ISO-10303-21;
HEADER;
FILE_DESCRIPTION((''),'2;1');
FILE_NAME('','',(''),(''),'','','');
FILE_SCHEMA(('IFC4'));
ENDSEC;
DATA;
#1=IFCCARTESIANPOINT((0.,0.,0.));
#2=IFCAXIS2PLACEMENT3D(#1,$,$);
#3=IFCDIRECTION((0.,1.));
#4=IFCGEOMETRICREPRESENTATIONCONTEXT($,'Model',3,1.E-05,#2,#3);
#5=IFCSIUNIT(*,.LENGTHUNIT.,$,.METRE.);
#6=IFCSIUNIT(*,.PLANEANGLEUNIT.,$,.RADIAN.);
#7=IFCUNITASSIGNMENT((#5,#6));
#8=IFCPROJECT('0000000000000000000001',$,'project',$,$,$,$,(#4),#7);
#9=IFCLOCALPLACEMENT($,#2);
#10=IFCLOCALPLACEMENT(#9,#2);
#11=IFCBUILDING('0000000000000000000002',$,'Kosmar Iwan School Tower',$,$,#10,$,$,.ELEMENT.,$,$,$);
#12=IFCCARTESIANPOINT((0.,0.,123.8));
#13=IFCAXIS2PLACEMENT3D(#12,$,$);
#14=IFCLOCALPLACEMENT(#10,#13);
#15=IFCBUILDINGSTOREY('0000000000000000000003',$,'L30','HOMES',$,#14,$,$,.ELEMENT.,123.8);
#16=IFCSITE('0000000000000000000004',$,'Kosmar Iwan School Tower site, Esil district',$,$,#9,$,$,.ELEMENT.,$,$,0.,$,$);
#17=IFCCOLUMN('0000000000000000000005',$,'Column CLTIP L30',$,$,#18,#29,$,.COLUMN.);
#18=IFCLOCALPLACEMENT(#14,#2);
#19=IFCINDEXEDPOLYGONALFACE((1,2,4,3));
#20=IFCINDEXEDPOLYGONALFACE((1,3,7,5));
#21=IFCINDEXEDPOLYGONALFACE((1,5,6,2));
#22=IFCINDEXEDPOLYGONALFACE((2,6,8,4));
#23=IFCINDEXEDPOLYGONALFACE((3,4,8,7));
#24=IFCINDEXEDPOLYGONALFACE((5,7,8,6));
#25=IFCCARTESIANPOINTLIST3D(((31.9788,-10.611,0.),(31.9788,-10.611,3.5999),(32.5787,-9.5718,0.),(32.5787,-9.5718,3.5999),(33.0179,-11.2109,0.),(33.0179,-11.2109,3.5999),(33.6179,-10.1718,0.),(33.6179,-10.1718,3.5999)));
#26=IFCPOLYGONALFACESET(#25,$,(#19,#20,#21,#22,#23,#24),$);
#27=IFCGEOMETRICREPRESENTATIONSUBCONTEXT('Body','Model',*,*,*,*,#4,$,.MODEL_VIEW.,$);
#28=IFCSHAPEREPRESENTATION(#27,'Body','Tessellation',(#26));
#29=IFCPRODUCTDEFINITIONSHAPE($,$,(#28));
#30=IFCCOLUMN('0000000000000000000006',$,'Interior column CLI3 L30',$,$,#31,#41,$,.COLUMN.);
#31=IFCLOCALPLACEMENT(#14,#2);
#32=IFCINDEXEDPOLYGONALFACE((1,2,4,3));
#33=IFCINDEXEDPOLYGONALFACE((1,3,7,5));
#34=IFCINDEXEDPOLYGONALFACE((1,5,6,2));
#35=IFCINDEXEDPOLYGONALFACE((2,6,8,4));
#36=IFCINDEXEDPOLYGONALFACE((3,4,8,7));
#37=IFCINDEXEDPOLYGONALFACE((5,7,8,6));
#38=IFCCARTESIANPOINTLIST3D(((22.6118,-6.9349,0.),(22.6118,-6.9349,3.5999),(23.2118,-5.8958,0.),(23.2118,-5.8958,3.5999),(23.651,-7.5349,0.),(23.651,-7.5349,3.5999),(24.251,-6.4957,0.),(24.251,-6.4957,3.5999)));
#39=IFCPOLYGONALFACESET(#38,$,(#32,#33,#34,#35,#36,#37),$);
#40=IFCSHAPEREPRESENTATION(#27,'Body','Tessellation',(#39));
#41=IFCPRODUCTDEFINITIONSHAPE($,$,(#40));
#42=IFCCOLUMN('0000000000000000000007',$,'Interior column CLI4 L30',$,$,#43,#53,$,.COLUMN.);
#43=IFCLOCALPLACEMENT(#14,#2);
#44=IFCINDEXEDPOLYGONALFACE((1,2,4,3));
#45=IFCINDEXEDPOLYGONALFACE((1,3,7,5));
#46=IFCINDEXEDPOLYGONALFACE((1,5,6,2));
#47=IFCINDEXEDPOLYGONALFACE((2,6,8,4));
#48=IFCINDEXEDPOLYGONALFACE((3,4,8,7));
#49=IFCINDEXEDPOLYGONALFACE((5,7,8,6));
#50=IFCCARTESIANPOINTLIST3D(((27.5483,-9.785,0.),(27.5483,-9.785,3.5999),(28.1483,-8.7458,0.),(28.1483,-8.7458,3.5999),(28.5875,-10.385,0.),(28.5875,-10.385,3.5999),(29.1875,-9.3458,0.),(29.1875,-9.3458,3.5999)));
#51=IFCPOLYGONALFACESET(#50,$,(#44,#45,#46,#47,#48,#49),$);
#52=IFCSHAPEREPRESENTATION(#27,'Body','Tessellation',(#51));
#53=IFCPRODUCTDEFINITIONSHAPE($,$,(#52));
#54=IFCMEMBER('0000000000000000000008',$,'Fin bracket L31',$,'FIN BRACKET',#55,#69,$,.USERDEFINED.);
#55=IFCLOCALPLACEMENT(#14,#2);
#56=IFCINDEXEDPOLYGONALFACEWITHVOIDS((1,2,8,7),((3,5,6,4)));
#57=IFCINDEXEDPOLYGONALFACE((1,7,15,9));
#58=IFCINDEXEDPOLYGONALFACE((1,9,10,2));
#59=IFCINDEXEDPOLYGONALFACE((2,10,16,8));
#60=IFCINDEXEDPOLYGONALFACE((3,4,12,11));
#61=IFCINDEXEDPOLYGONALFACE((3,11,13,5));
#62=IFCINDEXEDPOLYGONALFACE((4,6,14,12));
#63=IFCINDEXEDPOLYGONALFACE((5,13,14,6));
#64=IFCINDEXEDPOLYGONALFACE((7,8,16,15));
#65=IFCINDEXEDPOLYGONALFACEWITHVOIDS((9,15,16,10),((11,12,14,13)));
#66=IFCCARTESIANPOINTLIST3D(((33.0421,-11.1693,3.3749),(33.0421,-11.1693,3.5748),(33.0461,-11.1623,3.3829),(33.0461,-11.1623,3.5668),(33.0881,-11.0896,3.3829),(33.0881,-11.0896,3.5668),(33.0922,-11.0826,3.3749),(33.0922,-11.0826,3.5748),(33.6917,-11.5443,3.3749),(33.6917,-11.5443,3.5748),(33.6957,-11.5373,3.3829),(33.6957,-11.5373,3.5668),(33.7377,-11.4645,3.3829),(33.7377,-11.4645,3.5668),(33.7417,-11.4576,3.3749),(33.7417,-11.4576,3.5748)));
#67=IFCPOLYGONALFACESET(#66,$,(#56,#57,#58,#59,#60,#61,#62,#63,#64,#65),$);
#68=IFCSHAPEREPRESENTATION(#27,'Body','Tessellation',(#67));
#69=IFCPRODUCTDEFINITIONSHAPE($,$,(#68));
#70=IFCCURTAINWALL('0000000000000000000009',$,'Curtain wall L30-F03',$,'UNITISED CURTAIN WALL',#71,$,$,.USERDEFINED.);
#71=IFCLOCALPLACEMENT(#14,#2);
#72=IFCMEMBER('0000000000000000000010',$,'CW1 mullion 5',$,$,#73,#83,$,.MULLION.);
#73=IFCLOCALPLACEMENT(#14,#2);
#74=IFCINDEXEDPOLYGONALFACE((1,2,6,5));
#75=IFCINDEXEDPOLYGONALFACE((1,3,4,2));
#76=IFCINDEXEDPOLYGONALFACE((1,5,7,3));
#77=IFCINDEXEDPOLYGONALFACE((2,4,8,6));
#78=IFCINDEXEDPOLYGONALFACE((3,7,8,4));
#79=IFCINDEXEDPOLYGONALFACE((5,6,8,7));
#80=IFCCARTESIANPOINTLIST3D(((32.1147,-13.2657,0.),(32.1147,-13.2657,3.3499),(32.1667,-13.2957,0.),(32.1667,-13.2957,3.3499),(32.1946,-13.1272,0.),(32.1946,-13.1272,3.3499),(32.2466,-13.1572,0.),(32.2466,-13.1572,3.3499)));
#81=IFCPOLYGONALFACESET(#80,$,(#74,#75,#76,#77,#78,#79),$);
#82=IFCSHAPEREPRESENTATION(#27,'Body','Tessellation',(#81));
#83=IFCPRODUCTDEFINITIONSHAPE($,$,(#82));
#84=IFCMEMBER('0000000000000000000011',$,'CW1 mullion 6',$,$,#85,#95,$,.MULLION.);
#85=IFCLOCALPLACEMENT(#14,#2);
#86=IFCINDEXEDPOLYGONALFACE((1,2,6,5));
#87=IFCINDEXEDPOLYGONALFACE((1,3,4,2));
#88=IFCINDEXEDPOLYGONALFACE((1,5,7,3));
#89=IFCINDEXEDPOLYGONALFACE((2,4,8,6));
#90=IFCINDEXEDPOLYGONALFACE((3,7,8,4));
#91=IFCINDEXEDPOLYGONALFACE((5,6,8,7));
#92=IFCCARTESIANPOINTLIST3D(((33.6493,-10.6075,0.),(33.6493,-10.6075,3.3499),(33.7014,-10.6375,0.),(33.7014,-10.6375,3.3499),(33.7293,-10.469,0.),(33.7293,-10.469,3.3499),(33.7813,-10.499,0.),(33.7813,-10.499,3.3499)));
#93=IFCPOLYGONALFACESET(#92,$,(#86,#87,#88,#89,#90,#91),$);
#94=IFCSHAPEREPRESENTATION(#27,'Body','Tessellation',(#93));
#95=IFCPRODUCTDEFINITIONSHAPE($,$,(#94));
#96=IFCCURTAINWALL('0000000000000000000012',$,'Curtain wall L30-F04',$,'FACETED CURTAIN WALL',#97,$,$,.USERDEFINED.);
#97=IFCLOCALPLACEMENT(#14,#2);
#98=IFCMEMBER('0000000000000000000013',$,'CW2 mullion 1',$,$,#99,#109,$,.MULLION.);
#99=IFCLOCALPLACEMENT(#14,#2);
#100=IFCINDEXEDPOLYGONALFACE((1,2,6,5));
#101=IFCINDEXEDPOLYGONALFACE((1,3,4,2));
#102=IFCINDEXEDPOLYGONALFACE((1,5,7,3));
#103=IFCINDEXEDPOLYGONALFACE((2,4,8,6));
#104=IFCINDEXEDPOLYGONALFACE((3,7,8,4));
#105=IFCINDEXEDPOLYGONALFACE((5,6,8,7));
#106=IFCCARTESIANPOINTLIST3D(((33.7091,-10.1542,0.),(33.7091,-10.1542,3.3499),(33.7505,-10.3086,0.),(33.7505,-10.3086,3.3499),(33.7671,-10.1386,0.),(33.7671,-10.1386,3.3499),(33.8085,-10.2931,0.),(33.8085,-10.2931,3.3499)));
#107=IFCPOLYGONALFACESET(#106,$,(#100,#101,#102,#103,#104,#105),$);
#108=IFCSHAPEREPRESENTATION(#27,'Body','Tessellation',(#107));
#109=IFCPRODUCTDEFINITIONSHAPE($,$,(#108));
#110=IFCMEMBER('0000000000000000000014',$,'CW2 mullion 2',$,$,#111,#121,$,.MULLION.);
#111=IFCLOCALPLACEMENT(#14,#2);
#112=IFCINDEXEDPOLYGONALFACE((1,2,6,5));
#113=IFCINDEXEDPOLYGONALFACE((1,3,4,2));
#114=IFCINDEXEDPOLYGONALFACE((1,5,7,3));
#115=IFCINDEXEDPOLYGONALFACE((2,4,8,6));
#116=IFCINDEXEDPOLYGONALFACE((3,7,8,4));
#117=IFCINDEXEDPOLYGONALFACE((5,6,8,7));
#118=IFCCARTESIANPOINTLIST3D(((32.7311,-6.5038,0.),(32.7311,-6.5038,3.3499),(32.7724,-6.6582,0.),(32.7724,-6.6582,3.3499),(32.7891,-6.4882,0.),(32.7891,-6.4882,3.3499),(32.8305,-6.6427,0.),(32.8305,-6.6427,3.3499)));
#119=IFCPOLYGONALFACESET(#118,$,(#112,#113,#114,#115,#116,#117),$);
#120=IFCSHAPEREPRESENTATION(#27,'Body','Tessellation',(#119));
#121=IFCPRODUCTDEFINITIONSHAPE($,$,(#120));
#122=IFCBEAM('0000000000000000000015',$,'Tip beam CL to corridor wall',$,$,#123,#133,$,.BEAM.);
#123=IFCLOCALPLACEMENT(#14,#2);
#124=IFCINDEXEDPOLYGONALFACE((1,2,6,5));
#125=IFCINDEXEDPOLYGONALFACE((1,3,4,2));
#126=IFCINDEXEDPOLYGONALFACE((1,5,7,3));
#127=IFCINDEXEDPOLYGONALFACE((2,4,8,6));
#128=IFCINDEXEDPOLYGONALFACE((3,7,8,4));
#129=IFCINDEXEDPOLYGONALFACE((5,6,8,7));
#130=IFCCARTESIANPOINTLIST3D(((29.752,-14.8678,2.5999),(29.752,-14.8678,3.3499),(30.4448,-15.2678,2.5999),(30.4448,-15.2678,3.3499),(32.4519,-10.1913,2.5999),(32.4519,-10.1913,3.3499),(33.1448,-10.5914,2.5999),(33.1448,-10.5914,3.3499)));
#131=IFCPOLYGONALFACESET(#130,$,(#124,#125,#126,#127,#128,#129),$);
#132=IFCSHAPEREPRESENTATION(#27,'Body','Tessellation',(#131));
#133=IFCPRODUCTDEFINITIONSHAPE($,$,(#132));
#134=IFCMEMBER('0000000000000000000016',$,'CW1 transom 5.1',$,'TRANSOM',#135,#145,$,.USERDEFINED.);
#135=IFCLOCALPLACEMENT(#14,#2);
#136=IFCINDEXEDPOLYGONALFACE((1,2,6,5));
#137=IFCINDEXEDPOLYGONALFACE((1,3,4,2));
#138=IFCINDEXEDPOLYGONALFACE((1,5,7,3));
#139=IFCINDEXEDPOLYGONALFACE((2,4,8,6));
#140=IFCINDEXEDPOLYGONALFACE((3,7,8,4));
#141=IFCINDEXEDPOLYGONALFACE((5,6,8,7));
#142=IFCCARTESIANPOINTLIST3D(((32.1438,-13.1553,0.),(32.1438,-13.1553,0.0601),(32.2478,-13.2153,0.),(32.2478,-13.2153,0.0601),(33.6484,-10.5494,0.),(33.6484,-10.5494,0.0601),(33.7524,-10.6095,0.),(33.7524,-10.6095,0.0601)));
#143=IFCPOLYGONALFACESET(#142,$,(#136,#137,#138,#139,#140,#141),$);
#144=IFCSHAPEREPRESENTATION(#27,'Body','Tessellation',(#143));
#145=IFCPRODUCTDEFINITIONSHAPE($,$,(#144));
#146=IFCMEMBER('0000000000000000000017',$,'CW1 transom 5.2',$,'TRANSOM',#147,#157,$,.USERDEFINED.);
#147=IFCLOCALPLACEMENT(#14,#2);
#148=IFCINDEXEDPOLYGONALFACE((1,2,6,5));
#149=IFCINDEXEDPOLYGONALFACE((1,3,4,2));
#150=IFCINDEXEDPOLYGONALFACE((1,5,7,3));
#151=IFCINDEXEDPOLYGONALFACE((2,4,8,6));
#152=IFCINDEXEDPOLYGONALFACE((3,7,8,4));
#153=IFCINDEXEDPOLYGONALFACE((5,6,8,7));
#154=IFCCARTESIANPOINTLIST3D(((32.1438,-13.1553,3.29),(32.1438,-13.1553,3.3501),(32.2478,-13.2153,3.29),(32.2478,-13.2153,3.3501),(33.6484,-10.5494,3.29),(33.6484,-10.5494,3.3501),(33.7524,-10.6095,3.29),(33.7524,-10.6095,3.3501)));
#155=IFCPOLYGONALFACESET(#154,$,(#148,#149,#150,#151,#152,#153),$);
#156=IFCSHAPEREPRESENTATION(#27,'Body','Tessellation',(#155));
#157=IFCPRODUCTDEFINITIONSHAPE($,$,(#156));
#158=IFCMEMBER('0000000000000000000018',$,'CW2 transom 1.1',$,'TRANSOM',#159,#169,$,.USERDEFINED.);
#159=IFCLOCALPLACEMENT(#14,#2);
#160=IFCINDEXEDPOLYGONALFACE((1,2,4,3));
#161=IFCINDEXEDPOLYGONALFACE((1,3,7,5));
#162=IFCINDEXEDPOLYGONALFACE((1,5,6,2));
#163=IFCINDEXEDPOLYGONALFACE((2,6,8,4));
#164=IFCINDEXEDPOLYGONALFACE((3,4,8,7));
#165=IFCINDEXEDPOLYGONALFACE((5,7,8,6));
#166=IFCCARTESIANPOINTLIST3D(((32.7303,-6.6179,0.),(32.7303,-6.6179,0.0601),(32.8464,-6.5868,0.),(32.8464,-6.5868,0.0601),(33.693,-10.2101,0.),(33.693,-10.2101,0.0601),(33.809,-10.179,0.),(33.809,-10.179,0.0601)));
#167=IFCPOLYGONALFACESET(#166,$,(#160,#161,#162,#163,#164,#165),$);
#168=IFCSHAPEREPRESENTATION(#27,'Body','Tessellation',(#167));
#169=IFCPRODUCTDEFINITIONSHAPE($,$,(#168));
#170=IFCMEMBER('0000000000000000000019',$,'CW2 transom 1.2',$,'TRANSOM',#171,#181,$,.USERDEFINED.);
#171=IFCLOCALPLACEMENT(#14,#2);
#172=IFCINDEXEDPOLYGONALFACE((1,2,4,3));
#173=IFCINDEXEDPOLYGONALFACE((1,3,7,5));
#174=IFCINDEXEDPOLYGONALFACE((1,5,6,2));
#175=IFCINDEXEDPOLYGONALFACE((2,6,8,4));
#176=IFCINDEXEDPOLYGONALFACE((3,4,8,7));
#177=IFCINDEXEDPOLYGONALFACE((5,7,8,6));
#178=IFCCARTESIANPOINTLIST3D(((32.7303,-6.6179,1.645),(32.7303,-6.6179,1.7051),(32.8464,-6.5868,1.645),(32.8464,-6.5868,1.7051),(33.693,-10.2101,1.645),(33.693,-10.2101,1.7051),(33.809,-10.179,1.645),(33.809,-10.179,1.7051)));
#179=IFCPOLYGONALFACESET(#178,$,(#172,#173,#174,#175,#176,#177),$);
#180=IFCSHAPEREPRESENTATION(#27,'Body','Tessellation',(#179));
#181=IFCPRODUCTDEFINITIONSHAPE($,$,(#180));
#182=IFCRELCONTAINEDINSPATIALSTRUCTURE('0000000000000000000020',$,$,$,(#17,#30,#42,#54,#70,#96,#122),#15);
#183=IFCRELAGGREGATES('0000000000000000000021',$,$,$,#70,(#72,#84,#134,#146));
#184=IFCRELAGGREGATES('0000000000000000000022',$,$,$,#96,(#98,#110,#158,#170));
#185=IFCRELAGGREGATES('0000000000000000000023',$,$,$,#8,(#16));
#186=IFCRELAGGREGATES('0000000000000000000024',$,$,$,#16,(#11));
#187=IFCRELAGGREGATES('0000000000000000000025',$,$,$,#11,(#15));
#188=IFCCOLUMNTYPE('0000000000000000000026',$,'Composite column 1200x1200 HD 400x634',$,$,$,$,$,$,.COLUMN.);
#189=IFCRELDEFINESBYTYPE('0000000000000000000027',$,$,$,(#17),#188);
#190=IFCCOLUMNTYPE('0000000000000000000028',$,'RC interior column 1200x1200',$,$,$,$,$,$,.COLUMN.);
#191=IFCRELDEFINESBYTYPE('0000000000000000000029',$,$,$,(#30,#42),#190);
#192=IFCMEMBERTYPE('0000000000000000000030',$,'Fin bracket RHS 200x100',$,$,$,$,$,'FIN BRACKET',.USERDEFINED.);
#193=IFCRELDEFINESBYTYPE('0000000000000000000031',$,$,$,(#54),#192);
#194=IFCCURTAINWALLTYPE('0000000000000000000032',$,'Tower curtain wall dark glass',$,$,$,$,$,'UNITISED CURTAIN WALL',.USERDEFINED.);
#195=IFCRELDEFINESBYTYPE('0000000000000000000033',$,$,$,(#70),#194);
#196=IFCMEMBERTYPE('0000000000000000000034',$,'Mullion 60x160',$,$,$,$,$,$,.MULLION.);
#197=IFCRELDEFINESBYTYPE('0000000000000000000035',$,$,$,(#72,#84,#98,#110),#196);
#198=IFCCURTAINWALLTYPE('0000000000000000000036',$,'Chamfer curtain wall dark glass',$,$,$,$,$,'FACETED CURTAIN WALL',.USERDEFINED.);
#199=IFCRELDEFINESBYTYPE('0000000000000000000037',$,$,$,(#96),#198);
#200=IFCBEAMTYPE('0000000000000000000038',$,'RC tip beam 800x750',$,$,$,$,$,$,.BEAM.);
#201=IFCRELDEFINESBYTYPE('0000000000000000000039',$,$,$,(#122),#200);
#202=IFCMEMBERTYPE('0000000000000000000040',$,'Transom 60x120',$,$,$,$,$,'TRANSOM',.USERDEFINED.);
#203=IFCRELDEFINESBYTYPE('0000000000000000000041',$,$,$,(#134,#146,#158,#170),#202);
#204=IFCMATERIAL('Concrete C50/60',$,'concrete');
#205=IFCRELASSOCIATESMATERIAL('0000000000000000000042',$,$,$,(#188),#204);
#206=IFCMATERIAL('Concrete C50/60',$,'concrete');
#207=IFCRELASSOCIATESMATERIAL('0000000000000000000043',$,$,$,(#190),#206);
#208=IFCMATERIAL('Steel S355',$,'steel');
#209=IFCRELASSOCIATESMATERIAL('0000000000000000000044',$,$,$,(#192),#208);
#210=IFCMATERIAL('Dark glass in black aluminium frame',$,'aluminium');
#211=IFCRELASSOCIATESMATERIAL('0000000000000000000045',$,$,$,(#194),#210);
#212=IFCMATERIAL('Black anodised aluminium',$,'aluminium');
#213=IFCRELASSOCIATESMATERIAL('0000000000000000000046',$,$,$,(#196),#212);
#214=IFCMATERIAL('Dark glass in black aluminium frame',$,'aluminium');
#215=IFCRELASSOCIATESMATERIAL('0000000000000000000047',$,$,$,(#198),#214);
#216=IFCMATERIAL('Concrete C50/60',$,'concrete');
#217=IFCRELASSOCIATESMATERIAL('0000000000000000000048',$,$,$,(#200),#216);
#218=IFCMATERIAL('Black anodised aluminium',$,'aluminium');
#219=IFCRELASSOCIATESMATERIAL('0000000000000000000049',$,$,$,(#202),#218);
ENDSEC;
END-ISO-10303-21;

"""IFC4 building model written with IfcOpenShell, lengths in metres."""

from ifc_helpers import new_model, si_unit, direction, frame, origin, origin_2d, place, context, subcontext, project, spatial, rectangle, hollow_rectangle, extrude, material, material_profile, profile_set, type_object, element, aggregate, save


model = new_model("IFC4")

# Units and contexts
model_context = context("Model", 3, precision=1e-05, world=origin(), true_north=direction((0.0, 1.0)))
body_context = subcontext(model_context, "Body", "Model", "MODEL_VIEW")
ifc_project = project(units=[si_unit("LENGTHUNIT", "METRE"), si_unit("PLANEANGLEUNIT", "RADIAN")], contexts=[model_context])

# Site, building, storey
site_placement = place(None, origin())
site = spatial("IfcSite", under=ifc_project, at=site_placement, Name="Kosmar Iwan School Tower site, Esil district", CompositionType="ELEMENT", RefElevation=0.0)
building_placement = place(site_placement, origin())
building = spatial("IfcBuilding", under=site, at=building_placement, Name="Kosmar Iwan School Tower", CompositionType="ELEMENT")
storey_placement = place(building_placement, frame((0.0, 0.0, 123.8)))
storey = spatial("IfcBuildingStorey", under=building, at=storey_placement, Name="L30", Description="HOMES", CompositionType="ELEMENT", Elevation=123.8)

# Columns
ifc_material_1 = material(Name="Concrete C50/60", Category="concrete")
ifc_material_profile_1 = material_profile(ifc_material_1, rectangle(XDim=1.2, YDim=1.2, at=origin_2d()), Name="RC 1200x1200 + HD 400x634")
ifc_profile_set_1 = profile_set([ifc_material_profile_1], Name="Concrete C50/60")
column_type_1 = type_object("IfcColumnType", Name="Composite column 1200x1200 HD 400x634", PredefinedType="COLUMN", material=ifc_profile_set_1)
column_placement = place(storey_placement, frame((32.7983, -10.3914, 0.0), z_axis=(0.0, 0.0, 1.0), x_axis=(0.866025, -0.5, 0.0)))
element("IfcColumn", 1, at=column_placement, inside=storey, type_object=column_type_1, Name="Column CLTIP L30", PredefinedType="COLUMN", context=body_context, shape_type="SweptSolid", body=[
    extrude(rectangle(XDim=1.2, YDim=1.2, at=origin_2d()), origin(), (0.0, 0.0, 1.0), 3.5999),
])
ifc_material_2 = material(Name="Concrete C50/60", Category="concrete")
ifc_material_profile_2 = material_profile(ifc_material_2, rectangle(XDim=1.2, YDim=1.2, at=origin_2d()), Name="RC 1200x1200")
ifc_profile_set_2 = profile_set([ifc_material_profile_2], Name="Concrete C50/60")
column_type_2 = type_object("IfcColumnType", Name="RC interior column 1200x1200", PredefinedType="COLUMN", material=ifc_profile_set_2)
for number, where, z_axis, x_axis, name in (
    (2, (23.4314, -6.7153, 0.0), (0.0, 0.0, 1.0), (0.866025, -0.5, 0.0), "Interior column CLI3 L30"),
    (3, (28.3679, -9.5654, 0.0), (0.0, 0.0, 1.0), (0.866025, -0.5, 0.0), "Interior column CLI4 L30"),
):
    element("IfcColumn", number, at=place(storey_placement, frame(where, z_axis=z_axis, x_axis=x_axis)), inside=storey, type_object=column_type_2, Name=name, PredefinedType="COLUMN", context=body_context, shape_type="SweptSolid", body=[
        extrude(rectangle(XDim=1.2, YDim=1.2, at=origin_2d()), origin(), (0.0, 0.0, 1.0), 3.5999),
    ])

# Member
ifc_material_3 = material(Name="Steel S355", Category="steel")
ifc_material_profile_3 = material_profile(ifc_material_3, hollow_rectangle(XDim=0.1001, YDim=0.2, WallThickness=0.0081, at=origin_2d()), Name="RHS 200x100x8")
ifc_profile_set_3 = profile_set([ifc_material_profile_3], Name="Steel S355")
member_type_1 = type_object("IfcMemberType", Name="Fin bracket RHS 200x100", ElementType="FIN BRACKET", PredefinedType="USERDEFINED", material=ifc_profile_set_3)
member_1_placement = place(storey_placement, frame((33.0671, -11.126, 3.4749), z_axis=(0.866072, -0.49992, 0.0), x_axis=(0.49992, 0.866072, 0.0)))
element("IfcMember", 4, at=member_1_placement, inside=storey, type_object=member_type_1, Name="Fin bracket L31", ObjectType="FIN BRACKET", PredefinedType="USERDEFINED", context=body_context, shape_type="SweptSolid", body=[
    extrude(hollow_rectangle(XDim=0.1001, YDim=0.2, WallThickness=0.0081, at=origin_2d()), origin(), (0.0, 0.0, 1.0), 0.75),
])

# Curtain walls, members
ifc_material_4 = material(Name="Dark glass in black aluminium frame", Category="aluminium")
curtain_wall_type_1 = type_object("IfcCurtainWallType", Name="Tower curtain wall dark glass", ElementType="UNITISED CURTAIN WALL", PredefinedType="USERDEFINED", material=ifc_material_4)
curtain_wall_1_placement = place(storey_placement, origin())
curtain_wall_1 = element("IfcCurtainWall", 5, at=curtain_wall_1_placement, inside=storey, type_object=curtain_wall_type_1, Name="Curtain wall L30-F03", ObjectType="UNITISED CURTAIN WALL", PredefinedType="USERDEFINED")
ifc_material_5 = material(Name="Black anodised aluminium", Category="aluminium")
ifc_material_profile_4 = material_profile(ifc_material_5, rectangle(XDim=0.0601, YDim=0.1599, at=origin_2d()), Name="MULLION 60x160")
ifc_profile_set_4 = profile_set([ifc_material_profile_4], Name="Black anodised aluminium")
member_type_2 = type_object("IfcMemberType", Name="Mullion 60x160", PredefinedType="MULLION", material=ifc_profile_set_4)
member_2_placement = place(storey_placement, frame((32.1807, -13.2114, 0.0), z_axis=(0.0, 0.0, 1.0), x_axis=(-0.866025, 0.5, 0.0)))
member_2 = element("IfcMember", 6, at=member_2_placement, type_object=member_type_2, Name="CW1 mullion 5", PredefinedType="MULLION", context=body_context, shape_type="SweptSolid", body=[
    extrude(rectangle(XDim=0.0601, YDim=0.1599, at=origin_2d()), origin(), (0.0, 0.0, 1.0), 3.3499),
])
member_3_placement = place(storey_placement, frame((33.7153, -10.5532, 0.0), z_axis=(0.0, 0.0, 1.0), x_axis=(-0.866025, 0.5, 0.0)))
member_3 = element("IfcMember", 7, at=member_3_placement, type_object=member_type_2, Name="CW1 mullion 6", PredefinedType="MULLION", context=body_context, shape_type="SweptSolid", body=[
    extrude(rectangle(XDim=0.0601, YDim=0.1599, at=origin_2d()), origin(), (0.0, 0.0, 1.0), 3.3499),
])
ifc_material_6 = material(Name="Dark glass in black aluminium frame", Category="aluminium")
curtain_wall_type_2 = type_object("IfcCurtainWallType", Name="Chamfer curtain wall dark glass", ElementType="FACETED CURTAIN WALL", PredefinedType="USERDEFINED", material=ifc_material_6)
curtain_wall_2_placement = place(storey_placement, origin())
curtain_wall_2 = element("IfcCurtainWall", 8, at=curtain_wall_2_placement, inside=storey, type_object=curtain_wall_type_2, Name="Curtain wall L30-F04", ObjectType="FACETED CURTAIN WALL", PredefinedType="USERDEFINED")
member_4_placement = place(storey_placement, frame((33.7588, -10.2236, 0.0), z_axis=(0.0, 0.0, 1.0), x_axis=(-0.965926, -0.258819, 0.0)))
member_4 = element("IfcMember", 9, at=member_4_placement, type_object=member_type_2, Name="CW2 mullion 1", PredefinedType="MULLION", context=body_context, shape_type="SweptSolid", body=[
    extrude(rectangle(XDim=0.0601, YDim=0.1599, at=origin_2d()), origin(), (0.0, 0.0, 1.0), 3.3499),
])
member_5_placement = place(storey_placement, frame((32.7808, -6.5732, 0.0), z_axis=(0.0, 0.0, 1.0), x_axis=(-0.965926, -0.258819, 0.0)))
member_5 = element("IfcMember", 10, at=member_5_placement, type_object=member_type_2, Name="CW2 mullion 2", PredefinedType="MULLION", context=body_context, shape_type="SweptSolid", body=[
    extrude(rectangle(XDim=0.0601, YDim=0.1599, at=origin_2d()), origin(), (0.0, 0.0, 1.0), 3.3499),
])

# Beam
ifc_material_7 = material(Name="Concrete C50/60", Category="concrete")
ifc_material_profile_5 = material_profile(ifc_material_7, rectangle(XDim=0.8, YDim=0.75, at=origin_2d()), Name="RC 800x750")
ifc_profile_set_5 = profile_set([ifc_material_profile_5], Name="Concrete C50/60")
beam_type = type_object("IfcBeamType", Name="RC tip beam 800x750", PredefinedType="BEAM", material=ifc_profile_set_5)
beam_placement = place(storey_placement, frame((32.7983, -10.3914, 2.9749), z_axis=(-0.499995, -0.866028, 0.0), x_axis=(0.866028, -0.499995, 0.0)))
element("IfcBeam", 11, at=beam_placement, inside=storey, type_object=beam_type, Name="Tip beam CL to corridor wall", PredefinedType="BEAM", context=body_context, shape_type="SweptSolid", body=[
    extrude(rectangle(XDim=0.8, YDim=0.75, at=origin_2d()), origin(), (0.0, 0.0, 1.0), 5.3999),
])

# Members
ifc_material_8 = material(Name="Black anodised aluminium", Category="aluminium")
ifc_material_profile_6 = material_profile(ifc_material_8, rectangle(XDim=0.1201, YDim=0.0601, at=origin_2d()), Name="TRANSOM 60x120")
ifc_profile_set_6 = profile_set([ifc_material_profile_6], Name="Black anodised aluminium")
member_type_3 = type_object("IfcMemberType", Name="Transom 60x120", ElementType="TRANSOM", PredefinedType="USERDEFINED", material=ifc_profile_set_6)
member_6_placement = place(storey_placement, frame((32.1958, -13.1853, 0.03), z_axis=(0.500022, 0.866013, 0.0), x_axis=(-0.866013, 0.500022, 0.0)))
member_6 = element("IfcMember", 12, at=member_6_placement, type_object=member_type_3, Name="CW1 transom 5.1", ObjectType="TRANSOM", PredefinedType="USERDEFINED", context=body_context, shape_type="SweptSolid", body=[
    extrude(rectangle(XDim=0.1201, YDim=0.0601, at=origin_2d()), origin(), (0.0, 0.0, 1.0), 3.009),
])
member_7_placement = place(storey_placement, frame((32.1958, -13.1853, 3.3201), z_axis=(0.500022, 0.866013, 0.0), x_axis=(-0.866013, 0.500022, 0.0)))
member_7 = element("IfcMember", 13, at=member_7_placement, type_object=member_type_3, Name="CW1 transom 5.2", ObjectType="TRANSOM", PredefinedType="USERDEFINED", context=body_context, shape_type="SweptSolid", body=[
    extrude(rectangle(XDim=0.1201, YDim=0.0601, at=origin_2d()), origin(), (0.0, 0.0, 1.0), 3.009),
])
member_8_placement = place(storey_placement, frame((33.751, -10.1946, 0.03), z_axis=(-0.258843, 0.965919, 0.0), x_axis=(-0.965919, -0.258843, 0.0)))
member_8 = element("IfcMember", 14, at=member_8_placement, type_object=member_type_3, Name="CW2 transom 1.1", ObjectType="TRANSOM", PredefinedType="USERDEFINED", context=body_context, shape_type="SweptSolid", body=[
    extrude(rectangle(XDim=0.1201, YDim=0.0601, at=origin_2d()), origin(), (0.0, 0.0, 1.0), 3.719),
])
member_9_placement = place(storey_placement, frame((33.751, -10.1946, 1.675), z_axis=(-0.258843, 0.965919, 0.0), x_axis=(-0.965919, -0.258843, 0.0)))
member_9 = element("IfcMember", 15, at=member_9_placement, type_object=member_type_3, Name="CW2 transom 1.2", ObjectType="TRANSOM", PredefinedType="USERDEFINED", context=body_context, shape_type="SweptSolid", body=[
    extrude(rectangle(XDim=0.1201, YDim=0.0601, at=origin_2d()), origin(), (0.0, 0.0, 1.0), 3.719),
])

aggregate(curtain_wall_1, [member_2, member_3, member_6, member_7])
aggregate(curtain_wall_2, [member_4, member_5, member_8, member_9])

save(model, "model.ifc")
